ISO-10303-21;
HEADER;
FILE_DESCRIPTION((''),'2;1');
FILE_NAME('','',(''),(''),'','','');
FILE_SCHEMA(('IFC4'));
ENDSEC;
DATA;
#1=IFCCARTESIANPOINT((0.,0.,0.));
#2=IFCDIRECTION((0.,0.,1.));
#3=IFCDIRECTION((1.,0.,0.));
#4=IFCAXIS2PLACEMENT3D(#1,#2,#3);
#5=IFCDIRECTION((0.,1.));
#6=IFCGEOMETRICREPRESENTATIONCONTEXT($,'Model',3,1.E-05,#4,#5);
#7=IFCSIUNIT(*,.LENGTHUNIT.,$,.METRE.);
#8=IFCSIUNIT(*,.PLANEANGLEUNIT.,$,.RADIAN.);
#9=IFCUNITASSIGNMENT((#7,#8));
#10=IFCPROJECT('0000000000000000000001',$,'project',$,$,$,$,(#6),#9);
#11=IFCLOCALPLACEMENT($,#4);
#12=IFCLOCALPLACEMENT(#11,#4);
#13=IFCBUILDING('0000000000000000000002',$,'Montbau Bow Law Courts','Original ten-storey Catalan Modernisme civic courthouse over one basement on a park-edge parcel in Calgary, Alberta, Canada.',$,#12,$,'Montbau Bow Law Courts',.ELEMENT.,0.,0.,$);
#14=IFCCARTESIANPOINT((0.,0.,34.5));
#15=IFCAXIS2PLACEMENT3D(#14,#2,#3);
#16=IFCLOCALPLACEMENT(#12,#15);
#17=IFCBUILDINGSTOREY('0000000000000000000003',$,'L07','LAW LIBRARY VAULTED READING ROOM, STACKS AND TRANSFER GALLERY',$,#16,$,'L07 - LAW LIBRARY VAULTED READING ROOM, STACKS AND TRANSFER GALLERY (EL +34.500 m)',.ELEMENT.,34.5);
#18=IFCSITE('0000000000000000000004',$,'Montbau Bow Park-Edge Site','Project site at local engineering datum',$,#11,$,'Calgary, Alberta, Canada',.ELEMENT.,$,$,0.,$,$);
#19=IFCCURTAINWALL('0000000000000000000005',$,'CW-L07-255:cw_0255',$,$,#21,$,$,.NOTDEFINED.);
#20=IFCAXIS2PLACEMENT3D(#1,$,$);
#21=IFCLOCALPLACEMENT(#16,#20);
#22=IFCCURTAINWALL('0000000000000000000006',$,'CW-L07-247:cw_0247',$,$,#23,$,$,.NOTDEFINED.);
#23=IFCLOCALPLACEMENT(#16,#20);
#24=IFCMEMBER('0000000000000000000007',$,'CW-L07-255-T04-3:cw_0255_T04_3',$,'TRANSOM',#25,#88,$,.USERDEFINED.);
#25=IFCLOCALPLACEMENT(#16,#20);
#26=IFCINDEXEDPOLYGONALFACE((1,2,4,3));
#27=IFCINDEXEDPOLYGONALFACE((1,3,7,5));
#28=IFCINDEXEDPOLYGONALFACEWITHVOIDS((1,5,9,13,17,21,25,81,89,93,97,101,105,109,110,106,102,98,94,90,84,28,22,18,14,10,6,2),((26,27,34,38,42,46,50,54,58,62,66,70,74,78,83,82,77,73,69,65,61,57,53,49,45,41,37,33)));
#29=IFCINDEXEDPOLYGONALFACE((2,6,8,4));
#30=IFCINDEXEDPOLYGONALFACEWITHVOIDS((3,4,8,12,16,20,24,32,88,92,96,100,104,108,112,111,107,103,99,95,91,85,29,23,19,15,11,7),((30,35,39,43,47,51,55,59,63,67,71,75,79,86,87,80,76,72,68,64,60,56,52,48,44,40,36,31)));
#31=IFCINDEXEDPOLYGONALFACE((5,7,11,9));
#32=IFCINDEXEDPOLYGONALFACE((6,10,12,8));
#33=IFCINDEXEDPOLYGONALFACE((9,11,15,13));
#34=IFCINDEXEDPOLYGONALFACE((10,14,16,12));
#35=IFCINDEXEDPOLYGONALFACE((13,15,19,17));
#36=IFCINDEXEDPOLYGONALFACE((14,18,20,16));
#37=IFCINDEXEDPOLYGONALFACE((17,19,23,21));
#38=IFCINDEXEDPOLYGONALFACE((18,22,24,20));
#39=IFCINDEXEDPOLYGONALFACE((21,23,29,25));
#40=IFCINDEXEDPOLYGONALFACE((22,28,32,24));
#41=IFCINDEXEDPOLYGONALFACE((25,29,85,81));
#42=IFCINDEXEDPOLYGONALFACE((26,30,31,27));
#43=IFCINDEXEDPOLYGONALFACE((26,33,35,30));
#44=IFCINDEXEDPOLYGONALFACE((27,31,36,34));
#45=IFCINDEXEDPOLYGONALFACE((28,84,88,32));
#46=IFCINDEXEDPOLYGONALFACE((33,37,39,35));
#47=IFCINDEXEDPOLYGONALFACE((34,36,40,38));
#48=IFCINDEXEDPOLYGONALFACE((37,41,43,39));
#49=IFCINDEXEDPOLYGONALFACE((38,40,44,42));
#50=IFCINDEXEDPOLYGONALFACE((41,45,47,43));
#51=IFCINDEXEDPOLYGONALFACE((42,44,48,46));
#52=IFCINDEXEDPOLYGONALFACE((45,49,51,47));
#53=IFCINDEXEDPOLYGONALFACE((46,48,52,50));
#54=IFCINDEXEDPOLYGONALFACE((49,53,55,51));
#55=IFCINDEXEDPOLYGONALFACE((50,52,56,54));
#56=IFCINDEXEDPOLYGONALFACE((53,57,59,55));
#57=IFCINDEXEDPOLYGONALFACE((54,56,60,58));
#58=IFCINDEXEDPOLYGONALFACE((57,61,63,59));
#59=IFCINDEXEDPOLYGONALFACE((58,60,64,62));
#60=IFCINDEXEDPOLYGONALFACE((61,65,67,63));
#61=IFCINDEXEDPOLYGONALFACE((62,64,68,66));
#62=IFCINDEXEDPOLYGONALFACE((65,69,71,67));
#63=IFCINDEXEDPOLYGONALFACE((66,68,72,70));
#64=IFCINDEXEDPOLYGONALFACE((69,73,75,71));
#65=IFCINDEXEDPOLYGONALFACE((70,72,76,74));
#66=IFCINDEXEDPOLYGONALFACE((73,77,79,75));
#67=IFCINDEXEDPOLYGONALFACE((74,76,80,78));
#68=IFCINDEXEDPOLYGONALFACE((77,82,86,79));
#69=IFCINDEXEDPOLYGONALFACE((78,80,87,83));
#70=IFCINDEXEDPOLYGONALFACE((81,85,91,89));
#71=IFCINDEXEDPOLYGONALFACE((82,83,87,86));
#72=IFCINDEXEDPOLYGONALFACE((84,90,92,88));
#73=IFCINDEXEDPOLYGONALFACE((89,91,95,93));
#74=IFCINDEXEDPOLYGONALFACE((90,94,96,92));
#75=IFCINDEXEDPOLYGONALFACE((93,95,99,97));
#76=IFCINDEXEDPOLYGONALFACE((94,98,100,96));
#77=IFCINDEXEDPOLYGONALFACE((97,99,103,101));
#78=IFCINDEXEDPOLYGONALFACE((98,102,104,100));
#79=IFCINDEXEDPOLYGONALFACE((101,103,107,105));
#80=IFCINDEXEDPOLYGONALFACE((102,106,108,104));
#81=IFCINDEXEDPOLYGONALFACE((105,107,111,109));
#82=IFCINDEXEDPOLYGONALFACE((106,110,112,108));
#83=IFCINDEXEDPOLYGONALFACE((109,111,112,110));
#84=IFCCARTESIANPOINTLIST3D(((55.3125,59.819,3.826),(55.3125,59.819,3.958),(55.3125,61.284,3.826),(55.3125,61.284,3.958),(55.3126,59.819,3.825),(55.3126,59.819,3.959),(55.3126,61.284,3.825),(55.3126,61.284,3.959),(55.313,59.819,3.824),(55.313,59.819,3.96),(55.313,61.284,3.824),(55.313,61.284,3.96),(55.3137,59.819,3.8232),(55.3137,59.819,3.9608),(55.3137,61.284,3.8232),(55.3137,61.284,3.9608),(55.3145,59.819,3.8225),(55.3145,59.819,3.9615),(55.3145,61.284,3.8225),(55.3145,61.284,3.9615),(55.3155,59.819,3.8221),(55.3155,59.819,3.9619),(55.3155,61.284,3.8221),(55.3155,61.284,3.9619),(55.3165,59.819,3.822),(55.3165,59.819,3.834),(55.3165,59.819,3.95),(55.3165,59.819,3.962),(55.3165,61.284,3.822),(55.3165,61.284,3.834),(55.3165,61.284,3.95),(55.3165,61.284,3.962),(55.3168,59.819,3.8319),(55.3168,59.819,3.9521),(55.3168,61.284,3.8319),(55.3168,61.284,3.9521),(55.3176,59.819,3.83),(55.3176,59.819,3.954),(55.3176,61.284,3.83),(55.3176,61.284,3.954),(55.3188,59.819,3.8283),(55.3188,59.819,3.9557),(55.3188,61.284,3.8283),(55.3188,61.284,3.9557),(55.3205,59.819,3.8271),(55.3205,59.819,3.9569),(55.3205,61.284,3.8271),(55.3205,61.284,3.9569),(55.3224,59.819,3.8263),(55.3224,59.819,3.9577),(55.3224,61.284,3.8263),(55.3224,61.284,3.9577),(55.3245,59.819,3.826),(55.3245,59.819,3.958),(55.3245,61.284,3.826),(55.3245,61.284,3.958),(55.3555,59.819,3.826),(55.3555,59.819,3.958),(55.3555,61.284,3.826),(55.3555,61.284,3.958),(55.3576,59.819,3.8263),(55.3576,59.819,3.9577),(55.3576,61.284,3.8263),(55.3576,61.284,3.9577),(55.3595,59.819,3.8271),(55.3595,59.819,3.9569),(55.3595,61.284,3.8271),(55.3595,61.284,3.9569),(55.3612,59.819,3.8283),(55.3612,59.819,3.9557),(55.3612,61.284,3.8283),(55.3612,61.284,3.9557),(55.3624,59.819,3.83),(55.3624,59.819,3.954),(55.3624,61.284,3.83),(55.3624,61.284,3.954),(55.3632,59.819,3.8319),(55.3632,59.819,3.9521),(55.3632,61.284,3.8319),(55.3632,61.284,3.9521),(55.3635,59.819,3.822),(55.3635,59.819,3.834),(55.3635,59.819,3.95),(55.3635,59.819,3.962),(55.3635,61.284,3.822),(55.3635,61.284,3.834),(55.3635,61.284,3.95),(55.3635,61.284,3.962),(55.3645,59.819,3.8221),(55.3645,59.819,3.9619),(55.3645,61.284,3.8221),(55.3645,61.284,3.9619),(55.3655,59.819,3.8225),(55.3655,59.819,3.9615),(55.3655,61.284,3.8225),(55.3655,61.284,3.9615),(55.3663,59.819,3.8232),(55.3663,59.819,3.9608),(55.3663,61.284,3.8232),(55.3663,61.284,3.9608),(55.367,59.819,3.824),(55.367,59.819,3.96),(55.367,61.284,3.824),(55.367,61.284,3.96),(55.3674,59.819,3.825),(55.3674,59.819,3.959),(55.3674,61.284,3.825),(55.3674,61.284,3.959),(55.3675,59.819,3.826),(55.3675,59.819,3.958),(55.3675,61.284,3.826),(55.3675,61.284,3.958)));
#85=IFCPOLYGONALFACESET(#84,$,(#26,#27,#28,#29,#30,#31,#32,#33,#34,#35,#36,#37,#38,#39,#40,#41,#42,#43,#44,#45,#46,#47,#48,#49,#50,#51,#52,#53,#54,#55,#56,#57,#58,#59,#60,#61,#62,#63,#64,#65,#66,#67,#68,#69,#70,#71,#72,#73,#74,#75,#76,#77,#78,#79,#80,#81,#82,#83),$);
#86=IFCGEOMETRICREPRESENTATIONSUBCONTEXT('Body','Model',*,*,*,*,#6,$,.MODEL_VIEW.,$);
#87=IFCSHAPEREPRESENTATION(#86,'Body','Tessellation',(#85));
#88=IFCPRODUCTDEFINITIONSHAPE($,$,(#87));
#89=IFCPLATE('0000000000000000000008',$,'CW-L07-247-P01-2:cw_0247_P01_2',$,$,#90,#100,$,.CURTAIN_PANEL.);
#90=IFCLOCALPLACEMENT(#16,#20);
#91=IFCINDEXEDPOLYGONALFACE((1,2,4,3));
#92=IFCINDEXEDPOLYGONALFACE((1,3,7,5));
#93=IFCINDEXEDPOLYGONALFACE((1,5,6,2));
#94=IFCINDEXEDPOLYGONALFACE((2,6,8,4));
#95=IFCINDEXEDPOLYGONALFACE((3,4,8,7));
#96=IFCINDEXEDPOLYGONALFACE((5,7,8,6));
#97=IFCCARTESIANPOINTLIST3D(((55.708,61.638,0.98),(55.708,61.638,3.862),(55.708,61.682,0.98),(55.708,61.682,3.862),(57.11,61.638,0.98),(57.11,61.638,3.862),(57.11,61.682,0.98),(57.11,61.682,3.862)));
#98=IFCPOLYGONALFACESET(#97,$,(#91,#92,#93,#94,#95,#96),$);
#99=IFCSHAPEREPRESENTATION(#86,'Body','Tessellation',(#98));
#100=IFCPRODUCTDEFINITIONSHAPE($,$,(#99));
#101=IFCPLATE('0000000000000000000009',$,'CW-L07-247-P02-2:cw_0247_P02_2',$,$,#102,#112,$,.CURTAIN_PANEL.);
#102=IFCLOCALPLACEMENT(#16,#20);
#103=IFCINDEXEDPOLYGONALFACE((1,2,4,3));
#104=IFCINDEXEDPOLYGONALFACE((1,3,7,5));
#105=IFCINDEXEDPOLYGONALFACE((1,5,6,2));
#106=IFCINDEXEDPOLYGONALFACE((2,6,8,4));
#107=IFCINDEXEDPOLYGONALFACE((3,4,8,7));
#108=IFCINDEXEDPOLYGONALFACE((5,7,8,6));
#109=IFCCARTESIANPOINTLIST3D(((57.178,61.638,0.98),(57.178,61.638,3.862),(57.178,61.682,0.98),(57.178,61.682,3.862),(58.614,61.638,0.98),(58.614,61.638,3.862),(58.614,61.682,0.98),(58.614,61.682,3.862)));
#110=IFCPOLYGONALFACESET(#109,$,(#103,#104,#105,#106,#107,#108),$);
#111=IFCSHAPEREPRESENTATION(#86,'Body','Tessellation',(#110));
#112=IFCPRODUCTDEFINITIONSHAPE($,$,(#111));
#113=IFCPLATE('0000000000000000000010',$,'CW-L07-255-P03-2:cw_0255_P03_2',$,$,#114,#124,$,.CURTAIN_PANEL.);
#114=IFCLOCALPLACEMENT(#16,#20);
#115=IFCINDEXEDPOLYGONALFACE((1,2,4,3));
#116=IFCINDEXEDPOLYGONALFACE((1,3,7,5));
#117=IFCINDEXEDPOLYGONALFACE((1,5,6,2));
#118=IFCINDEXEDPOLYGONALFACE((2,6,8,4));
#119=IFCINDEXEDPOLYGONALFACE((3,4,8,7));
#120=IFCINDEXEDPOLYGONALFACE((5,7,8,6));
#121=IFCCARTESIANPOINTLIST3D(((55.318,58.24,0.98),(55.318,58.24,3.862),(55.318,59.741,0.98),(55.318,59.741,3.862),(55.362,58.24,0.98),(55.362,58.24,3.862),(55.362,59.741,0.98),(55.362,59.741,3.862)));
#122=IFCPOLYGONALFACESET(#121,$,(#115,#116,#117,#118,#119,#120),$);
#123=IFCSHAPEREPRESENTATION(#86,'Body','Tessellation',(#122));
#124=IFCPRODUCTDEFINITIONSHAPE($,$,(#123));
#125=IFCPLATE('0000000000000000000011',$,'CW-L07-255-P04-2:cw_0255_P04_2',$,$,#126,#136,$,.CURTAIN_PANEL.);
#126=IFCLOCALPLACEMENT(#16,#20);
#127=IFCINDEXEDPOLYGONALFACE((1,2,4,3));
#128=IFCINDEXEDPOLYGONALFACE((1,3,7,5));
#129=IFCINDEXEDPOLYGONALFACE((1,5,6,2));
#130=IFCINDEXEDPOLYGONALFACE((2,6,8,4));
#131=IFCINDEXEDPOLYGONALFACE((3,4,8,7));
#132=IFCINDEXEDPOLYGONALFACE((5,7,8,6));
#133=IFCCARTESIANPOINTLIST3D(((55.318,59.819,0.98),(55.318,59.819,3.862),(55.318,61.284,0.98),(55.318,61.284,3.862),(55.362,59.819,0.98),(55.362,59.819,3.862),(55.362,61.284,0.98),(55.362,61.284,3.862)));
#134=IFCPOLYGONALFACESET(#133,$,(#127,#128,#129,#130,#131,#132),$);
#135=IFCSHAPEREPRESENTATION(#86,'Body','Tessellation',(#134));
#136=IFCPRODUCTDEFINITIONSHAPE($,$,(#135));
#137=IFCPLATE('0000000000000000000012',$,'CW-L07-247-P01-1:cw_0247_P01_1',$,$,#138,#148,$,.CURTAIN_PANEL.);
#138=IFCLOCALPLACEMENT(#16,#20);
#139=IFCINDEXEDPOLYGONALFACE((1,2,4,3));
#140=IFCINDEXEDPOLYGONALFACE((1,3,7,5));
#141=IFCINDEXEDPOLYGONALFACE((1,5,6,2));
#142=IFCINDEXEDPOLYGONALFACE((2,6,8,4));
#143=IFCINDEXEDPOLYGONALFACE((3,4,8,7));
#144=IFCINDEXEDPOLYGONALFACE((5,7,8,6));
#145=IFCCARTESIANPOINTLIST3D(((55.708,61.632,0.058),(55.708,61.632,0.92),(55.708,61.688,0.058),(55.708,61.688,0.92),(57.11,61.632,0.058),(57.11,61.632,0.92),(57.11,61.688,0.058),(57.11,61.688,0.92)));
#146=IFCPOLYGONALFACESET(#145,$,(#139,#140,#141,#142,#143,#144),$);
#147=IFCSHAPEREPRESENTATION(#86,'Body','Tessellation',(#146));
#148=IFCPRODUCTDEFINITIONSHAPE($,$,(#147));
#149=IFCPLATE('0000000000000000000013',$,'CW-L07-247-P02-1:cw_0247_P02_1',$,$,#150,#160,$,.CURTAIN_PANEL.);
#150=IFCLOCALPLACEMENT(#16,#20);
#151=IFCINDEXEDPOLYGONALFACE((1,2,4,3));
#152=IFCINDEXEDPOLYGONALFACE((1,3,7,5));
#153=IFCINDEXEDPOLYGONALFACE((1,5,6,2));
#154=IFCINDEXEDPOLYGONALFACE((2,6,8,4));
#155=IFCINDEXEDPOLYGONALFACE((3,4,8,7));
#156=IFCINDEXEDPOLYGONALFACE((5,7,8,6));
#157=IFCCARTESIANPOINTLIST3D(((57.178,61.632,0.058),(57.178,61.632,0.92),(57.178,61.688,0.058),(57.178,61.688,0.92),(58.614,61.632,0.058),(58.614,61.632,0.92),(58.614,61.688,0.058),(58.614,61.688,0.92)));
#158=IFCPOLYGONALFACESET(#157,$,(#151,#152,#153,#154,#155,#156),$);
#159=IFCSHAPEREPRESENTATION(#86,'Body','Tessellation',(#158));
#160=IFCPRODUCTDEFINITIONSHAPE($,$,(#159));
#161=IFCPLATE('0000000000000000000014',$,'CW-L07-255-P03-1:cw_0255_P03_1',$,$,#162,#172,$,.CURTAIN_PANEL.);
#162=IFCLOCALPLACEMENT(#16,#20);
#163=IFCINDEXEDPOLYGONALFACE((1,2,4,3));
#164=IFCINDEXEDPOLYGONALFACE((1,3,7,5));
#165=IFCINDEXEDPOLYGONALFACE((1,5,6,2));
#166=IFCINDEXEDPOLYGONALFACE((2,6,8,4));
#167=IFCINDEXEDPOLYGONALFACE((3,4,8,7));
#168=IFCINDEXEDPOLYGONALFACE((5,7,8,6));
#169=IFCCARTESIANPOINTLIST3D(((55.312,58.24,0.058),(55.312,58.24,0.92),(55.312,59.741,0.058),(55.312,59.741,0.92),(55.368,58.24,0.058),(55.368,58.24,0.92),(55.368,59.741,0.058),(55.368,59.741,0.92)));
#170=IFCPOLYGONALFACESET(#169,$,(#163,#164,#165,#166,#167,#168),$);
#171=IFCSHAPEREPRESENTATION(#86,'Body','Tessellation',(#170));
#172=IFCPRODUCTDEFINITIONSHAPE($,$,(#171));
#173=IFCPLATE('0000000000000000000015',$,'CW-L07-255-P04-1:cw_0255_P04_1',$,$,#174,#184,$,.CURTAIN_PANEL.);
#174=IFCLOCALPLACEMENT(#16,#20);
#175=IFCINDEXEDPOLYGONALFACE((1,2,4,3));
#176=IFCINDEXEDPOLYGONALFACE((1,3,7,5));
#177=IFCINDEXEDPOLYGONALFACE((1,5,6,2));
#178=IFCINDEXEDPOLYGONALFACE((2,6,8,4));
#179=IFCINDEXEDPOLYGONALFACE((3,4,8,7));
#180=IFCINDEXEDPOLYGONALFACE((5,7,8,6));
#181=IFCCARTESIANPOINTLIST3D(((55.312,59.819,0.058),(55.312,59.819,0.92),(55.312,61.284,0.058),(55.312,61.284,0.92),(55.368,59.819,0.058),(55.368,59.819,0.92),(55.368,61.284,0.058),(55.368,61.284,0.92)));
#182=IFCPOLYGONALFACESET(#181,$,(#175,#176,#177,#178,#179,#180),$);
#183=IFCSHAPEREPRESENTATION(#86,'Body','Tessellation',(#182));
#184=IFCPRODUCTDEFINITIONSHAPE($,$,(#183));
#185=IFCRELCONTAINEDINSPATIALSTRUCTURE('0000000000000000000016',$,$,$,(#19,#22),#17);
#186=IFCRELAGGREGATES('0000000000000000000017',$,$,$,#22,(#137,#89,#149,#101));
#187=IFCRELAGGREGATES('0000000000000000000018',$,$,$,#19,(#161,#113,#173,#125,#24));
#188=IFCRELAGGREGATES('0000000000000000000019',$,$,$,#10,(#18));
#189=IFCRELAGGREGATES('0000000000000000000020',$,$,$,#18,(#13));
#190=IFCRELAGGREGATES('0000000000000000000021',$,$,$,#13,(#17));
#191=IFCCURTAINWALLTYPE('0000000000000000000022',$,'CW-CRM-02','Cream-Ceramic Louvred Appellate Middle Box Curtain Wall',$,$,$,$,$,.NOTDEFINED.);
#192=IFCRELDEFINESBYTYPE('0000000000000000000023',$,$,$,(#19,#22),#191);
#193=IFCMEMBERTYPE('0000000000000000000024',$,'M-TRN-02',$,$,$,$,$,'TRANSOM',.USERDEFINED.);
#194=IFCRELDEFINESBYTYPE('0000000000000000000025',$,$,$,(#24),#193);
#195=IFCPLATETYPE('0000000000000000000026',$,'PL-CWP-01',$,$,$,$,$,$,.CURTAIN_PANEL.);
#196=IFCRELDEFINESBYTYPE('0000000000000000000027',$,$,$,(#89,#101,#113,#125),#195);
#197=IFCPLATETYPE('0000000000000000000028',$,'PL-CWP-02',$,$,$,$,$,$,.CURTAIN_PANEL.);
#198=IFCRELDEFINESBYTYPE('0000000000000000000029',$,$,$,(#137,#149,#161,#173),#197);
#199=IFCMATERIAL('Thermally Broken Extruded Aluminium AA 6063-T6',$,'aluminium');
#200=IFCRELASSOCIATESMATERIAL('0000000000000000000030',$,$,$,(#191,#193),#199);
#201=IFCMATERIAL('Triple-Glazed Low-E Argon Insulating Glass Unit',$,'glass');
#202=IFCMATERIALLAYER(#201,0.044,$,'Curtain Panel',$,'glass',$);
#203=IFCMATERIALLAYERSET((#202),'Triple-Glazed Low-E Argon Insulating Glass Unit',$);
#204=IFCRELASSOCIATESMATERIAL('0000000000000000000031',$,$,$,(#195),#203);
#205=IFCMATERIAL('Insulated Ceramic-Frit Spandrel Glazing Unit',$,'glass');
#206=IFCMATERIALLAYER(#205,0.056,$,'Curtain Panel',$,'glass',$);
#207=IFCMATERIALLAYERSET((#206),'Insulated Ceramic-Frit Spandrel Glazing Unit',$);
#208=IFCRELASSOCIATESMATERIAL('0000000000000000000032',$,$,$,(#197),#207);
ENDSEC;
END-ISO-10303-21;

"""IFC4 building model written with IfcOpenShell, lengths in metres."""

from ifc_helpers import new_model, si_unit, direction, frame, frame_2d, origin_with_axes, origin_2d_with_axis, place, context, subcontext, project, spatial, rectangle, hollow_rectangle, extrude, material, layer, layer_set, material_profile, profile_set, type_object, element, aggregate, save


model = new_model("IFC4")

# Units and contexts
model_context = context("Model", 3, precision=1e-05, world=origin_with_axes(), true_north=direction((0.0, 1.0)))
body_context = subcontext(model_context, "Body", "Model", "MODEL_VIEW")
ifc_project = project(units=[si_unit("LENGTHUNIT", "METRE"), si_unit("PLANEANGLEUNIT", "RADIAN")], contexts=[model_context])

# Site, building, storey
site_placement = place(None, origin_with_axes())
site = spatial("IfcSite", under=ifc_project, at=site_placement, Name="Montbau Bow Park-Edge Site", Description="Project site at local engineering datum", LongName="Calgary, Alberta, Canada", CompositionType="ELEMENT", RefElevation=0.0)
building_placement = place(site_placement, origin_with_axes())
building = spatial("IfcBuilding", under=site, at=building_placement, Name="Montbau Bow Law Courts", Description="Original ten-storey Catalan Modernisme civic courthouse over one basement on a park-edge parcel in Calgary, Alberta, Canada.", LongName="Montbau Bow Law Courts", CompositionType="ELEMENT", ElevationOfRefHeight=0.0, ElevationOfTerrain=0.0)
storey_placement = place(building_placement, frame((0.0, 0.0, 34.5), z_axis=(0.0, 0.0, 1.0), x_axis=(1.0, 0.0, 0.0)))
storey = spatial("IfcBuildingStorey", under=building, at=storey_placement, Name="L07", Description="LAW LIBRARY VAULTED READING ROOM, STACKS AND TRANSFER GALLERY", LongName="L07 - LAW LIBRARY VAULTED READING ROOM, STACKS AND TRANSFER GALLERY (EL +34.500 m)", CompositionType="ELEMENT", Elevation=34.5)

# Curtain walls
ifc_material_1 = material(Name="Thermally Broken Extruded Aluminium AA 6063-T6", Category="aluminium")
curtain_wall_type = type_object("IfcCurtainWallType", Name="CW-CRM-02", Description="Cream-Ceramic Louvred Appellate Middle Box Curtain Wall", PredefinedType="NOTDEFINED", material=ifc_material_1)
curtain_wall_1_placement = place(None, frame((55.34, 55.04, 34.5), z_axis=(0.0, 0.0, 1.0), x_axis=(1.0, 0.0, 0.0)))
curtain_wall_1 = element("IfcCurtainWall", 1, at=curtain_wall_1_placement, inside=storey, type_object=curtain_wall_type, Name="CW-L07-255:cw_0255", PredefinedType="NOTDEFINED")
curtain_wall_2_placement = place(None, frame((55.64, 61.66, 34.5), z_axis=(0.0, 0.0, 1.0), x_axis=(1.0, 0.0, 0.0)))
curtain_wall_2 = element("IfcCurtainWall", 2, at=curtain_wall_2_placement, inside=storey, type_object=curtain_wall_type, Name="CW-L07-247:cw_0247", PredefinedType="NOTDEFINED")
ifc_material_profile_1 = material_profile(ifc_material_1, hollow_rectangle(XDim=0.055, YDim=0.14, WallThickness=0.004, InnerFilletRadius=0.008, OuterFilletRadius=0.004, at=origin_2d_with_axis()), Name="CWT-140X55", Category="Main", Priority=0)
ifc_profile_set_1 = profile_set([ifc_material_profile_1], Name="Thermally Broken Extruded Aluminium AA 6063-T6")
member_type_1 = type_object("IfcMemberType", Name="M-TRN-02", ElementType="TRANSOM", PredefinedType="USERDEFINED", material=ifc_profile_set_1)

# Member
member_1_placement = place(None, frame((55.34, 59.819, 38.392), z_axis=(0.0, 1.0, 0.0), x_axis=(-1.0, 0.0, 0.0)))
member_1 = element("IfcMember", 3, at=member_1_placement, type_object=member_type_1, Name="CW-L07-255-T04-3:cw_0255_T04_3", ObjectType="TRANSOM", PredefinedType="USERDEFINED", context=body_context, shape_type="SweptSolid", body=[
    extrude(hollow_rectangle(XDim=0.055, YDim=0.14, WallThickness=0.004, InnerFilletRadius=0.008, OuterFilletRadius=0.004, at=origin_2d_with_axis()), origin_with_axes(), (0.0, 0.0, 1.0), 1.465),
])

# Plates
ifc_material_2 = material(Name="Triple-Glazed Low-E Argon Insulating Glass Unit", Category="glass")
ifc_layer_1 = layer(ifc_material_2, 0.044, Name="Curtain Panel", Category="glass")
ifc_layer_set_1 = layer_set([ifc_layer_1], Name="Triple-Glazed Low-E Argon Insulating Glass Unit")
plate_type_1 = type_object("IfcPlateType", Name="PL-CWP-01", PredefinedType="CURTAIN_PANEL", material=ifc_layer_set_1)
plate_1_placement = place(None, frame((55.708, 61.66, 35.48), z_axis=(0.0, -1.0, 0.0), x_axis=(1.0, 0.0, 0.0)))
plate_1 = element("IfcPlate", 4, at=plate_1_placement, type_object=plate_type_1, Name="CW-L07-247-P01-2:cw_0247_P01_2", PredefinedType="CURTAIN_PANEL", context=body_context, shape_type="SweptSolid", body=[
    extrude(rectangle(XDim=1.402, YDim=2.882, at=frame_2d((0.701, 1.441), x_axis=(1.0, 0.0))), frame((0.0, 0.0, -0.022), z_axis=(0.0, 0.0, 1.0), x_axis=(1.0, 0.0, 0.0)), (0.0, 0.0, 1.0), 0.044),
])
plate_2_placement = place(None, frame((57.178, 61.66, 35.48), z_axis=(0.0, -1.0, 0.0), x_axis=(1.0, 0.0, 0.0)))
plate_2 = element("IfcPlate", 5, at=plate_2_placement, type_object=plate_type_1, Name="CW-L07-247-P02-2:cw_0247_P02_2", PredefinedType="CURTAIN_PANEL", context=body_context, shape_type="SweptSolid", body=[
    extrude(rectangle(XDim=1.436, YDim=2.882, at=frame_2d((0.718, 1.441), x_axis=(1.0, 0.0))), frame((0.0, 0.0, -0.022), z_axis=(0.0, 0.0, 1.0), x_axis=(1.0, 0.0, 0.0)), (0.0, 0.0, 1.0), 0.044),
])
plate_3_placement = place(None, frame((55.34, 58.24, 35.48), z_axis=(1.0, 0.0, 0.0), x_axis=(0.0, 1.0, 0.0)))
plate_3 = element("IfcPlate", 6, at=plate_3_placement, type_object=plate_type_1, Name="CW-L07-255-P03-2:cw_0255_P03_2", PredefinedType="CURTAIN_PANEL", context=body_context, shape_type="SweptSolid", body=[
    extrude(rectangle(XDim=1.501, YDim=2.882, at=frame_2d((0.7505, 1.441), x_axis=(1.0, 0.0))), frame((0.0, 0.0, -0.022), z_axis=(0.0, 0.0, 1.0), x_axis=(1.0, 0.0, 0.0)), (0.0, 0.0, 1.0), 0.044),
])
plate_4_placement = place(None, frame((55.34, 59.819, 35.48), z_axis=(1.0, 0.0, 0.0), x_axis=(0.0, 1.0, 0.0)))
plate_4 = element("IfcPlate", 7, at=plate_4_placement, type_object=plate_type_1, Name="CW-L07-255-P04-2:cw_0255_P04_2", PredefinedType="CURTAIN_PANEL", context=body_context, shape_type="SweptSolid", body=[
    extrude(rectangle(XDim=1.465, YDim=2.882, at=frame_2d((0.7325, 1.441), x_axis=(1.0, 0.0))), frame((0.0, 0.0, -0.022), z_axis=(0.0, 0.0, 1.0), x_axis=(1.0, 0.0, 0.0)), (0.0, 0.0, 1.0), 0.044),
])
ifc_material_3 = material(Name="Insulated Ceramic-Frit Spandrel Glazing Unit", Category="glass")
ifc_layer_2 = layer(ifc_material_3, 0.056, Name="Curtain Panel", Category="glass")
ifc_layer_set_2 = layer_set([ifc_layer_2], Name="Insulated Ceramic-Frit Spandrel Glazing Unit")
plate_type_2 = type_object("IfcPlateType", Name="PL-CWP-02", PredefinedType="CURTAIN_PANEL", material=ifc_layer_set_2)
plate_5_placement = place(None, frame((55.708, 61.66, 34.558), z_axis=(0.0, -1.0, 0.0), x_axis=(1.0, 0.0, 0.0)))
plate_5 = element("IfcPlate", 8, at=plate_5_placement, type_object=plate_type_2, Name="CW-L07-247-P01-1:cw_0247_P01_1", PredefinedType="CURTAIN_PANEL", context=body_context, shape_type="SweptSolid", body=[
    extrude(rectangle(XDim=1.402, YDim=0.862, at=frame_2d((0.701, 0.431), x_axis=(1.0, 0.0))), frame((0.0, 0.0, -0.028), z_axis=(0.0, 0.0, 1.0), x_axis=(1.0, 0.0, 0.0)), (0.0, 0.0, 1.0), 0.056),
])
plate_6_placement = place(None, frame((57.178, 61.66, 34.558), z_axis=(0.0, -1.0, 0.0), x_axis=(1.0, 0.0, 0.0)))
plate_6 = element("IfcPlate", 9, at=plate_6_placement, type_object=plate_type_2, Name="CW-L07-247-P02-1:cw_0247_P02_1", PredefinedType="CURTAIN_PANEL", context=body_context, shape_type="SweptSolid", body=[
    extrude(rectangle(XDim=1.436, YDim=0.862, at=frame_2d((0.718, 0.431), x_axis=(1.0, 0.0))), frame((0.0, 0.0, -0.028), z_axis=(0.0, 0.0, 1.0), x_axis=(1.0, 0.0, 0.0)), (0.0, 0.0, 1.0), 0.056),
])
aggregate(curtain_wall_2, [plate_5, plate_1, plate_6, plate_2])
plate_7_placement = place(None, frame((55.34, 58.24, 34.558), z_axis=(1.0, 0.0, 0.0), x_axis=(0.0, 1.0, 0.0)))
plate_7 = element("IfcPlate", 10, at=plate_7_placement, type_object=plate_type_2, Name="CW-L07-255-P03-1:cw_0255_P03_1", PredefinedType="CURTAIN_PANEL", context=body_context, shape_type="SweptSolid", body=[
    extrude(rectangle(XDim=1.501, YDim=0.862, at=frame_2d((0.7505, 0.431), x_axis=(1.0, 0.0))), frame((0.0, 0.0, -0.028), z_axis=(0.0, 0.0, 1.0), x_axis=(1.0, 0.0, 0.0)), (0.0, 0.0, 1.0), 0.056),
])
plate_8_placement = place(None, frame((55.34, 59.819, 34.558), z_axis=(1.0, 0.0, 0.0), x_axis=(0.0, 1.0, 0.0)))
plate_8 = element("IfcPlate", 11, at=plate_8_placement, type_object=plate_type_2, Name="CW-L07-255-P04-1:cw_0255_P04_1", PredefinedType="CURTAIN_PANEL", context=body_context, shape_type="SweptSolid", body=[
    extrude(rectangle(XDim=1.465, YDim=0.862, at=frame_2d((0.7325, 0.431), x_axis=(1.0, 0.0))), frame((0.0, 0.0, -0.028), z_axis=(0.0, 0.0, 1.0), x_axis=(1.0, 0.0, 0.0)), (0.0, 0.0, 1.0), 0.056),
])
aggregate(curtain_wall_1, [plate_7, plate_3, plate_8, plate_4, member_1])

save(model, "model.ifc")
